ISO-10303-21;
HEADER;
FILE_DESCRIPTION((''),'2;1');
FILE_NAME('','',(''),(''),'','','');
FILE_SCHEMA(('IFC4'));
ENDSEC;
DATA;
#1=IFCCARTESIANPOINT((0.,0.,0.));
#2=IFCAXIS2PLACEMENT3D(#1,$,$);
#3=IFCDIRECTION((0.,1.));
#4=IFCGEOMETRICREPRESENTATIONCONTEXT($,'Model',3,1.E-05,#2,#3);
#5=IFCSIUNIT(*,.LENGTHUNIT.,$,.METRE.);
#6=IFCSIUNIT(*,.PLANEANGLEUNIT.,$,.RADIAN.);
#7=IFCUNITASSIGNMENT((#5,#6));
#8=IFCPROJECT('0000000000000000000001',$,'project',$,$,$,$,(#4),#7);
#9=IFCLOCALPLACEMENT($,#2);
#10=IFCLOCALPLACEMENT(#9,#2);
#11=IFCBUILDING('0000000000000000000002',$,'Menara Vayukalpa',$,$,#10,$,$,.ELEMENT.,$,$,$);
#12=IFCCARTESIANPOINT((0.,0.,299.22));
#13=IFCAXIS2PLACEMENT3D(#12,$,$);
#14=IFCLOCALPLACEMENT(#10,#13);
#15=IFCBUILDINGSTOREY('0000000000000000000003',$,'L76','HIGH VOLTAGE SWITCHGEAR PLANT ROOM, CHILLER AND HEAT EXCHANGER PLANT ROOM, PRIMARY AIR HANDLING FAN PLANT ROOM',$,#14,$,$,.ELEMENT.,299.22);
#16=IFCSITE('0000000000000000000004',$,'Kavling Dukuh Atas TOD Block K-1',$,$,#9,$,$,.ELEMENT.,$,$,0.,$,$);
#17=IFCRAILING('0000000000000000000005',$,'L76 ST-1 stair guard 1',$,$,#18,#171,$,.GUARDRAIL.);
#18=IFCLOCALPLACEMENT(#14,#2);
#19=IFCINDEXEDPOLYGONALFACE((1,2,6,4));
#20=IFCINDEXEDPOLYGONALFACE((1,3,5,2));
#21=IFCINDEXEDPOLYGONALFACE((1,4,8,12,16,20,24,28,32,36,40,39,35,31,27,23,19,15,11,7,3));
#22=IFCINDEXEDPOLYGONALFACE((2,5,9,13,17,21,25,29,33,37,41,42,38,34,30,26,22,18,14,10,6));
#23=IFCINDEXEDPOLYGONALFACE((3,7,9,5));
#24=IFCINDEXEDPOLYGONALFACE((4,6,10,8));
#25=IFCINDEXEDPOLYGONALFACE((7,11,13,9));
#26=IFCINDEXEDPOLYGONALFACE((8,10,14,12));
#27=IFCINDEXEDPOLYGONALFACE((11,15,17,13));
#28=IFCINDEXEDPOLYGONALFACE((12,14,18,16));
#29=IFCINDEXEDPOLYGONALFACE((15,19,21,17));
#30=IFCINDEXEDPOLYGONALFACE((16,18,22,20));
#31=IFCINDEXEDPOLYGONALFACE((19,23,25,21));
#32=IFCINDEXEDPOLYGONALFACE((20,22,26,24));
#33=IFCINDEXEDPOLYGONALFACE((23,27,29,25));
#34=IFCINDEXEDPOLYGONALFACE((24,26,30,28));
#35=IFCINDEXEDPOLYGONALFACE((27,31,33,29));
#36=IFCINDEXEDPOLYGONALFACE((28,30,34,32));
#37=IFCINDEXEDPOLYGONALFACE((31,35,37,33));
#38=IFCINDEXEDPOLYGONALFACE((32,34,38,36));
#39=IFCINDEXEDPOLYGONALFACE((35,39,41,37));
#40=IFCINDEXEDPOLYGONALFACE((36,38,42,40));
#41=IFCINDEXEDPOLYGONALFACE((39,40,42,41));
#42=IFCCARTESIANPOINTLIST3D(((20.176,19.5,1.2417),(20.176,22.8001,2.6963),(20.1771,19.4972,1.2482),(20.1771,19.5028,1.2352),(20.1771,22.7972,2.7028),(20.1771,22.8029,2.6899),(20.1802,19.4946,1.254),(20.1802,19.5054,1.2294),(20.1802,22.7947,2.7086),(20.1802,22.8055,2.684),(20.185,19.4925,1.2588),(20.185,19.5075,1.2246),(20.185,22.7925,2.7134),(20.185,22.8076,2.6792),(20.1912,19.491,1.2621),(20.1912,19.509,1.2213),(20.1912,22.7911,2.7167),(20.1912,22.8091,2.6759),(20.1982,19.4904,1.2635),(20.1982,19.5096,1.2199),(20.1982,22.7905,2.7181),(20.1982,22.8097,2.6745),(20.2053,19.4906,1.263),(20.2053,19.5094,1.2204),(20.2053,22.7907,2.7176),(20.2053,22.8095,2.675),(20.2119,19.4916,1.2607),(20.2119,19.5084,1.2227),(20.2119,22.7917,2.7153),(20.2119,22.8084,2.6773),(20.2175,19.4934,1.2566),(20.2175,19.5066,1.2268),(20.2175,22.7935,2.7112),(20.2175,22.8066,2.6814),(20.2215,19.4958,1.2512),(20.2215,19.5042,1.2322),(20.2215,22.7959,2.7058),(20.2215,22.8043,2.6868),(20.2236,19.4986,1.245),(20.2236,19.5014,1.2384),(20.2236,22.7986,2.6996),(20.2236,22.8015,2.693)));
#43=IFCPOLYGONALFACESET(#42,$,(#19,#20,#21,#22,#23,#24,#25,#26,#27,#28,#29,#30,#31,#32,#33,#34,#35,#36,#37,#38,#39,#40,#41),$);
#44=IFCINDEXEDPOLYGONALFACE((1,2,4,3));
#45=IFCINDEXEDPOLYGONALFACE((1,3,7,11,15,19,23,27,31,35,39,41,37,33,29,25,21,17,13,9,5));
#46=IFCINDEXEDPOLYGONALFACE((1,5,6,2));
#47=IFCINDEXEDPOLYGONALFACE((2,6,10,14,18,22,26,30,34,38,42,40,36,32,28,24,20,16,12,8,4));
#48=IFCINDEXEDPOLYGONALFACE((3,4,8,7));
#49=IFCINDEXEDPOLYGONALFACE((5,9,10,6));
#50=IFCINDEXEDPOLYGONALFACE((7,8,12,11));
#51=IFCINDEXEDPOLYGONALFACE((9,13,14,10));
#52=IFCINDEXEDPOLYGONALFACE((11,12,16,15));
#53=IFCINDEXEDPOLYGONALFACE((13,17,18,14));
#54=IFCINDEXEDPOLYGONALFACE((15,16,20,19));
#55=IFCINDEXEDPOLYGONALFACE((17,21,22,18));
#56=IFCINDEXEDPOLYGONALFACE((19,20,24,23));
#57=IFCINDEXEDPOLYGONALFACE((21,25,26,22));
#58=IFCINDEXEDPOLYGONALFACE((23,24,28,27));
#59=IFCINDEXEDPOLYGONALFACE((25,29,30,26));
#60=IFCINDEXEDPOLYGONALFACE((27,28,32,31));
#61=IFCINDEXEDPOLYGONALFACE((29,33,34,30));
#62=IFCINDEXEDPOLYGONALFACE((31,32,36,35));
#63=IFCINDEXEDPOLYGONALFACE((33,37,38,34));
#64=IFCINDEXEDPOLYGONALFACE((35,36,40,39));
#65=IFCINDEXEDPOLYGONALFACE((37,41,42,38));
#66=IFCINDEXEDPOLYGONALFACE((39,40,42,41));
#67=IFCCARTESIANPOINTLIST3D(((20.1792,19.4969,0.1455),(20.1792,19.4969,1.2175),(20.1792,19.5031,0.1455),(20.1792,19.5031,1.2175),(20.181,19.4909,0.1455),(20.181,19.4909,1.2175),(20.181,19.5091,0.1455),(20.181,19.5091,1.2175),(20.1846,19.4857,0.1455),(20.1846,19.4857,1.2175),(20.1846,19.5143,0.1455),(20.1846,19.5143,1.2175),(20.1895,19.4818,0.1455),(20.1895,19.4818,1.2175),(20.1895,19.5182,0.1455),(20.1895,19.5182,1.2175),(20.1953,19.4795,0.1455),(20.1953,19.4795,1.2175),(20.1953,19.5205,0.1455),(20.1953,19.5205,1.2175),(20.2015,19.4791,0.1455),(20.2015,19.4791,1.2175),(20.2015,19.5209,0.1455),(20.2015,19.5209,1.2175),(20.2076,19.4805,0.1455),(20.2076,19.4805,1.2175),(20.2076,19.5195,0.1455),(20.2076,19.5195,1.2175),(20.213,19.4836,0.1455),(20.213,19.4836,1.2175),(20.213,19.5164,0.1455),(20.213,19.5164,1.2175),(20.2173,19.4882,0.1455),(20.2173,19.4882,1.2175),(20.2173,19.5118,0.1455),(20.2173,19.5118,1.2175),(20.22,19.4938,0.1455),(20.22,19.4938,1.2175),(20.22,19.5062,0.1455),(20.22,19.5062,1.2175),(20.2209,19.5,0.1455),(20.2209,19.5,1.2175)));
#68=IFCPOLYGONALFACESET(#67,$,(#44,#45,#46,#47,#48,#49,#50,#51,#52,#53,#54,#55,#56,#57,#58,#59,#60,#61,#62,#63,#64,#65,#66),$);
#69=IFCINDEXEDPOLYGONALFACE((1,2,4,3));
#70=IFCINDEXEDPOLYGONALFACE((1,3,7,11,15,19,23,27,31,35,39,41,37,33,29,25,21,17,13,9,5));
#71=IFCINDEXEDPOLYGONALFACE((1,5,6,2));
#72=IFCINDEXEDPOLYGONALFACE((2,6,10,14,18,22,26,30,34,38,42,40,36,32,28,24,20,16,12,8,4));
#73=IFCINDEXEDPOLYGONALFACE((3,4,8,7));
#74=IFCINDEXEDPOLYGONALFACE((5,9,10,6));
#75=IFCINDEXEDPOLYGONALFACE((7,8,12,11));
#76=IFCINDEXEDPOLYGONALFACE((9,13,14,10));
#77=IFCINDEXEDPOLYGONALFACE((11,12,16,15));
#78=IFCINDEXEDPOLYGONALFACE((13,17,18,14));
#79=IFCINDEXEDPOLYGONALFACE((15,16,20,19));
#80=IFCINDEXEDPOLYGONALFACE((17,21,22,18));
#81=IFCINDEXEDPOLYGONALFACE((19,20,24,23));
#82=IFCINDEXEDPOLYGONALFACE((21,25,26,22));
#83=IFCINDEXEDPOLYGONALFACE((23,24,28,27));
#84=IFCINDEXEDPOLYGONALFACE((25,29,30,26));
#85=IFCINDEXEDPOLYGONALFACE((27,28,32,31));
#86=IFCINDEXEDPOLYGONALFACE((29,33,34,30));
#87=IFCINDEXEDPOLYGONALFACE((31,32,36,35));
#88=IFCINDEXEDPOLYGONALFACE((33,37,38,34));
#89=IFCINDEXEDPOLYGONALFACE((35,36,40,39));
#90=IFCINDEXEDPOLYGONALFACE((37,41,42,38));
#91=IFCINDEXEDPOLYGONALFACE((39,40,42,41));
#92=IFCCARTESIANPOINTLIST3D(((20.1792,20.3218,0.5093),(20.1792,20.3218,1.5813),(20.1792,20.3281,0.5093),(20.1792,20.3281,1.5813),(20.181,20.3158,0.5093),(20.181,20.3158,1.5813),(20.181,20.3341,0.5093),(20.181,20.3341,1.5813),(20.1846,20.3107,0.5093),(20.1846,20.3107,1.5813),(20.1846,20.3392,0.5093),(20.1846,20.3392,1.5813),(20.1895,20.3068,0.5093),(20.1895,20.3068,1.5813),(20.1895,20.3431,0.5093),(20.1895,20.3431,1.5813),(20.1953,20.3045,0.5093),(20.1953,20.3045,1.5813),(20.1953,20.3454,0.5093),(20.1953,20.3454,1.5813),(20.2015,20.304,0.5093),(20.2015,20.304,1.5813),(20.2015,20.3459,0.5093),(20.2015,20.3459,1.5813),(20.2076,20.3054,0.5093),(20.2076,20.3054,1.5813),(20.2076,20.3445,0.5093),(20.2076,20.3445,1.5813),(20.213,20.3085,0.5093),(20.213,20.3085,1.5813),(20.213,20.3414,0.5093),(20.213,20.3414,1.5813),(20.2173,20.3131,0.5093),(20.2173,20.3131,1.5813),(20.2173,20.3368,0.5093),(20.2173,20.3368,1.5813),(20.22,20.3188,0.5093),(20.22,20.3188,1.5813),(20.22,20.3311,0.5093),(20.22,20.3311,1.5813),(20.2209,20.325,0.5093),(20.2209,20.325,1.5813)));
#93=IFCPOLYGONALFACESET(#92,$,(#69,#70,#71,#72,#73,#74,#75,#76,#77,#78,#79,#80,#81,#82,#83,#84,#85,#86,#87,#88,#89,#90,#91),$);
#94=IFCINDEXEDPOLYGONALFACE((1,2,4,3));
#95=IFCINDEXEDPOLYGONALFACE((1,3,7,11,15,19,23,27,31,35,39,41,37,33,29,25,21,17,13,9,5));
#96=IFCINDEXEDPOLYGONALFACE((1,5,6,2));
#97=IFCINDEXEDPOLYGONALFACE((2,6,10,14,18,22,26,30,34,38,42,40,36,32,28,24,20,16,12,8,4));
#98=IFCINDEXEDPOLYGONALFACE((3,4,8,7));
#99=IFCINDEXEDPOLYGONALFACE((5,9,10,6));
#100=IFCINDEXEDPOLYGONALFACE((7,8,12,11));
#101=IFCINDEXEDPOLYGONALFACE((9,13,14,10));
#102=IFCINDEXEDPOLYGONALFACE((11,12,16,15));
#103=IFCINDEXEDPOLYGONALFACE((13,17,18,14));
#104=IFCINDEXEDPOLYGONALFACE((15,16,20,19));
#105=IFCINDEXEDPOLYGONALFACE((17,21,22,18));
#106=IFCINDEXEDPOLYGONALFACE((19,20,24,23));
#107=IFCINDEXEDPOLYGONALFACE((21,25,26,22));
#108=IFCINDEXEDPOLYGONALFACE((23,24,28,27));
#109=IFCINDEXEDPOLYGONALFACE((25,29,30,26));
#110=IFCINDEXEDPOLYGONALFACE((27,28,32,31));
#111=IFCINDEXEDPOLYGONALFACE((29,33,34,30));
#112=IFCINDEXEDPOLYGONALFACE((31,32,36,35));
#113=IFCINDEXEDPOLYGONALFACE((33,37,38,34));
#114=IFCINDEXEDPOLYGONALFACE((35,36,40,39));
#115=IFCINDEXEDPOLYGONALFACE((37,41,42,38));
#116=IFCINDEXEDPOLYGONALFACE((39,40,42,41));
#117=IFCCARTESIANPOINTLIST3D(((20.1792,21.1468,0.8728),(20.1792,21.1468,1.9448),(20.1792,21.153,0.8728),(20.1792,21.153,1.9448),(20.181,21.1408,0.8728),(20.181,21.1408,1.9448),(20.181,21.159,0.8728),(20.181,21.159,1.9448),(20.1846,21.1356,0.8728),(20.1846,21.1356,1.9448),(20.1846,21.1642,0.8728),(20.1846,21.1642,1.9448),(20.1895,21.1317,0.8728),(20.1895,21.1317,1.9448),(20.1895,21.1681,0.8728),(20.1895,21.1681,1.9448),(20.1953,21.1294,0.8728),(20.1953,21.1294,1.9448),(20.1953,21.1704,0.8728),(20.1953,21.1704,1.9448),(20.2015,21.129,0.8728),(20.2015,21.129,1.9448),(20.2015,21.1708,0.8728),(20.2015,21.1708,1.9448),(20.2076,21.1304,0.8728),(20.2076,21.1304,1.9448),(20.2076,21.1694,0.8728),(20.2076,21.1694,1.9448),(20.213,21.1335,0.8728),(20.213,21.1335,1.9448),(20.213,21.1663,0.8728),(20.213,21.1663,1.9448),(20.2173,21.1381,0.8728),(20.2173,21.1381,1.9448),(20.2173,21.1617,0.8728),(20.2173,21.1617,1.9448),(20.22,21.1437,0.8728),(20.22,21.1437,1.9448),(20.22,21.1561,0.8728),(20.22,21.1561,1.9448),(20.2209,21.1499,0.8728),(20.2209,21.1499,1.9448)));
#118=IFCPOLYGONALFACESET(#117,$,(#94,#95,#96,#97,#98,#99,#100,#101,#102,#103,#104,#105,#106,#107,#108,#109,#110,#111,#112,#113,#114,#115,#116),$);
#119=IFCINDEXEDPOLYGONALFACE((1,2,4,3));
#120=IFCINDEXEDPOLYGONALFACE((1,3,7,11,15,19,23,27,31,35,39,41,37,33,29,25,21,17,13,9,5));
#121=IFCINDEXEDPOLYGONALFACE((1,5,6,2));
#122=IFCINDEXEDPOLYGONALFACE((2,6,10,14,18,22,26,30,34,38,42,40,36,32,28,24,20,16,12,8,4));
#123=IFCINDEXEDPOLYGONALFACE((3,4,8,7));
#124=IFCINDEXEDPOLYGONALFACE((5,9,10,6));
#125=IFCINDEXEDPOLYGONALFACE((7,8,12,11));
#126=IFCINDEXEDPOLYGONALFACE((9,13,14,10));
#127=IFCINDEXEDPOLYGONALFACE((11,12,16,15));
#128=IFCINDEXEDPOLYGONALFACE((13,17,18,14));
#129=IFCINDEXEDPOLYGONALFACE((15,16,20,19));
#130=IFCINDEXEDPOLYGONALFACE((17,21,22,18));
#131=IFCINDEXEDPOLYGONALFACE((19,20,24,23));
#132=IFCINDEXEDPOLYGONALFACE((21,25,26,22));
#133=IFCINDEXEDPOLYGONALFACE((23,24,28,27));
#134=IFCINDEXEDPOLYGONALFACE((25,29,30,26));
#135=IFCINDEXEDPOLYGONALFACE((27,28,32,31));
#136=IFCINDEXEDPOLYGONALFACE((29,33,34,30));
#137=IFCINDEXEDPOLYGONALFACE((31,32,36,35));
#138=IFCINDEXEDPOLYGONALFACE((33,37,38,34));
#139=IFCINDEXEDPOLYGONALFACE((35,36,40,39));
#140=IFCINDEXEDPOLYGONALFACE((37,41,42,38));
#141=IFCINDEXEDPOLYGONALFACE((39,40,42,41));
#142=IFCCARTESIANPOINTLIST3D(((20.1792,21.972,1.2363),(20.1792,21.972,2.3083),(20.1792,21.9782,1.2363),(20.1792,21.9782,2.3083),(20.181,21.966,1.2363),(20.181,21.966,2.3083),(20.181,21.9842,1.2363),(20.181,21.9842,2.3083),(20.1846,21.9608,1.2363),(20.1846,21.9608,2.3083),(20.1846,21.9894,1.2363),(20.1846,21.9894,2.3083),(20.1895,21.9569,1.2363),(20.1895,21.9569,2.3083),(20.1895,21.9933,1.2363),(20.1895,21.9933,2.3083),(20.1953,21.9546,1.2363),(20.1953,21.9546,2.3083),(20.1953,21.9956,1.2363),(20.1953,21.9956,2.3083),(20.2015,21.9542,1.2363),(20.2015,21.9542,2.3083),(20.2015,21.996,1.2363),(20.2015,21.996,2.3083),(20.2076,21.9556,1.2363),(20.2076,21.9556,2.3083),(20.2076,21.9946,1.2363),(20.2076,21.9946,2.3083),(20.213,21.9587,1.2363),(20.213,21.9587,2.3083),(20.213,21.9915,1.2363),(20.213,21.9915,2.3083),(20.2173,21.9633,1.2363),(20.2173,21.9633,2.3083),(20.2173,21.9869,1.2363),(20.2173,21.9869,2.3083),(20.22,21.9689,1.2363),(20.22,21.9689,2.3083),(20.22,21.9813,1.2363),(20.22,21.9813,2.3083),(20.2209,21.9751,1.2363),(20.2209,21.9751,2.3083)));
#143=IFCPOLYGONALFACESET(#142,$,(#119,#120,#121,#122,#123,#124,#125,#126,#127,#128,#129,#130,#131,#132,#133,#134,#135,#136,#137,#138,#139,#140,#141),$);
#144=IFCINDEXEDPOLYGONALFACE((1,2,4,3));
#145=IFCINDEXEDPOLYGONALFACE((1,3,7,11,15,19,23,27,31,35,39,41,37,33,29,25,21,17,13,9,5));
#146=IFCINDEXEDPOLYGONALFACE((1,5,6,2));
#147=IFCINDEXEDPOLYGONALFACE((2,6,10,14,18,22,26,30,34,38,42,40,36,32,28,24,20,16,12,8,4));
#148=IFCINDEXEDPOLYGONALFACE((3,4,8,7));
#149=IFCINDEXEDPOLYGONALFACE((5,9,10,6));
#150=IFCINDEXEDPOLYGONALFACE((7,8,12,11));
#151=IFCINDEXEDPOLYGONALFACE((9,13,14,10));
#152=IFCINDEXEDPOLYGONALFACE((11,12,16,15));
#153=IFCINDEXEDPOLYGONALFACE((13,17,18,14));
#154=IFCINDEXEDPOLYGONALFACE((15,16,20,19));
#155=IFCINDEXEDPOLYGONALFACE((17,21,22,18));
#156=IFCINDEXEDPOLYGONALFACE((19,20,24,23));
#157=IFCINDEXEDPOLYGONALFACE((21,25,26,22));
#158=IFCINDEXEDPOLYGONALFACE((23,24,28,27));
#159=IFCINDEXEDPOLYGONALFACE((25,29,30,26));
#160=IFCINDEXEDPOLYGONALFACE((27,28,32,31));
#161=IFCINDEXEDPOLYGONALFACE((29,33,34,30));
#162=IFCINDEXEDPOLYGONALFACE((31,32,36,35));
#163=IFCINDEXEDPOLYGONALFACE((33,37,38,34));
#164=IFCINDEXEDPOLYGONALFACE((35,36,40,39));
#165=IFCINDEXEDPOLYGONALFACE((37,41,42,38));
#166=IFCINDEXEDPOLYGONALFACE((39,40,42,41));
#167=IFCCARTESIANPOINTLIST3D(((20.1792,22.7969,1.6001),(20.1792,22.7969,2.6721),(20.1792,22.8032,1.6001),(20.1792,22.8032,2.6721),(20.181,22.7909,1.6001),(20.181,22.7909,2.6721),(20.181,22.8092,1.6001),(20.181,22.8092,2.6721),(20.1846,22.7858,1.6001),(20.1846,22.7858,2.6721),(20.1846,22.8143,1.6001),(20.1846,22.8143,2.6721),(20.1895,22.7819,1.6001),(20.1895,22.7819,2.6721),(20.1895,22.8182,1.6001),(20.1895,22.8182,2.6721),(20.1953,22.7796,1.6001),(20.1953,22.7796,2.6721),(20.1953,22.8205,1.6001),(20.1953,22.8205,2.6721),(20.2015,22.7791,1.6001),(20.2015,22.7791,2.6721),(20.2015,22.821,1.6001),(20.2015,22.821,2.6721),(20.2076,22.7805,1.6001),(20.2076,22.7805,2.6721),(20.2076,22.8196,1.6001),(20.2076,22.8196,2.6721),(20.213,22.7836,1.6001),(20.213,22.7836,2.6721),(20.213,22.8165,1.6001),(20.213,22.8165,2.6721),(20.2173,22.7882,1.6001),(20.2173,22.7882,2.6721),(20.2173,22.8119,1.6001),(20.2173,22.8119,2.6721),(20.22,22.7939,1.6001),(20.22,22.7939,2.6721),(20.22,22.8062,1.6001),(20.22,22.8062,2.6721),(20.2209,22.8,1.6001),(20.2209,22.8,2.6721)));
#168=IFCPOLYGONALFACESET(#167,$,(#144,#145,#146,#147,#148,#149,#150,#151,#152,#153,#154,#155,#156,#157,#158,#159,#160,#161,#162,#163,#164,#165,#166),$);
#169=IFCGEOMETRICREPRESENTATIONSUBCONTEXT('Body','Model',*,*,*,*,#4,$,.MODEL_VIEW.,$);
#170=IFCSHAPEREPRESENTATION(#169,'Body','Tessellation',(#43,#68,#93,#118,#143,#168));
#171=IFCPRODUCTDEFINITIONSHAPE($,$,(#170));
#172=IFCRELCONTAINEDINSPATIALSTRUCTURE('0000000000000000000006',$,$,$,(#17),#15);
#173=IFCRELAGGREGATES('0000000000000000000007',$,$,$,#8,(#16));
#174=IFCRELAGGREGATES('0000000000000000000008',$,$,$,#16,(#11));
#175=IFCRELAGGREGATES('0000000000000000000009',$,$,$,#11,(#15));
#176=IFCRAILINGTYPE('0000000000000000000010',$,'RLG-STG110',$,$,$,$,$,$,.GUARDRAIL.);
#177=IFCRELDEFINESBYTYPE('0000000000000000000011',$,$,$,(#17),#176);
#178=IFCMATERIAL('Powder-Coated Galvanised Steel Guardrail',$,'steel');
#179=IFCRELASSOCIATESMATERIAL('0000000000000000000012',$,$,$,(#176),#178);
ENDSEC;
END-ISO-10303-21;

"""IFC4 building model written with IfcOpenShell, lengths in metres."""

from ifc_helpers import new_model, si_unit, direction, frame, origin, origin_2d, place, context, subcontext, project, spatial, circle, extrude, material, type_object, element, save


model = new_model("IFC4")

# Units and contexts
model_context = context("Model", 3, precision=1e-05, world=origin(), true_north=direction((0.0, 1.0)))
body_context = subcontext(model_context, "Body", "Model", "MODEL_VIEW")
ifc_project = project(units=[si_unit("LENGTHUNIT", "METRE"), si_unit("PLANEANGLEUNIT", "RADIAN")], contexts=[model_context])

# Site, building, storey
site_placement = place(None, origin())
site = spatial("IfcSite", under=ifc_project, at=site_placement, Name="Kavling Dukuh Atas TOD Block K-1", CompositionType="ELEMENT", RefElevation=0.0)
building_placement = place(site_placement, origin())
building = spatial("IfcBuilding", under=site, at=building_placement, Name="Menara Vayukalpa", CompositionType="ELEMENT")
storey_placement = place(building_placement, frame((0.0, 0.0, 299.22)))
storey = spatial("IfcBuildingStorey", under=building, at=storey_placement, Name="L76", Description="HIGH VOLTAGE SWITCHGEAR PLANT ROOM, CHILLER AND HEAT EXCHANGER PLANT ROOM, PRIMARY AIR HANDLING FAN PLANT ROOM", CompositionType="ELEMENT", Elevation=299.22)

# Railing
ifc_material_1 = material(Name="Powder-Coated Galvanised Steel Guardrail", Category="steel")
railing_type_1 = type_object("IfcRailingType", Name="RLG-STG110", PredefinedType="GUARDRAIL", material=ifc_material_1)
railing_1_placement = place(storey_placement, frame((20.2, 19.5, 0.1455)))
element("IfcRailing", 1, at=railing_1_placement, inside=storey, type_object=railing_type_1, Name="L76 ST-1 stair guard 1", PredefinedType="GUARDRAIL", context=body_context, shape_type="SweptSolid", body=[
    extrude(circle(Radius=0.0239, at=origin_2d()), frame((0.0, 0.0, 1.0962), z_axis=(0.0, 0.915052, 0.403335), x_axis=(-1.0, 0.0, 0.0)), (0.0, 0.0, 1.0), 3.6064),
    extrude(circle(Radius=0.021, at=origin_2d()), origin(), (0.0, 0.0, 1.0), 1.072),
    extrude(circle(Radius=0.021, at=origin_2d()), frame((0.0, 0.825, 0.3638)), (0.0, 0.0, 1.0), 1.072),
    extrude(circle(Radius=0.021, at=origin_2d()), frame((0.0, 1.6499, 0.7273)), (0.0, 0.0, 1.0), 1.072),
    extrude(circle(Radius=0.021, at=origin_2d()), frame((0.0, 2.4751, 1.0908)), (0.0, 0.0, 1.0), 1.072),
    extrude(circle(Radius=0.021, at=origin_2d()), frame((0.0, 3.3, 1.4546)), (0.0, 0.0, 1.0), 1.072),
])

save(model, "model.ifc")
